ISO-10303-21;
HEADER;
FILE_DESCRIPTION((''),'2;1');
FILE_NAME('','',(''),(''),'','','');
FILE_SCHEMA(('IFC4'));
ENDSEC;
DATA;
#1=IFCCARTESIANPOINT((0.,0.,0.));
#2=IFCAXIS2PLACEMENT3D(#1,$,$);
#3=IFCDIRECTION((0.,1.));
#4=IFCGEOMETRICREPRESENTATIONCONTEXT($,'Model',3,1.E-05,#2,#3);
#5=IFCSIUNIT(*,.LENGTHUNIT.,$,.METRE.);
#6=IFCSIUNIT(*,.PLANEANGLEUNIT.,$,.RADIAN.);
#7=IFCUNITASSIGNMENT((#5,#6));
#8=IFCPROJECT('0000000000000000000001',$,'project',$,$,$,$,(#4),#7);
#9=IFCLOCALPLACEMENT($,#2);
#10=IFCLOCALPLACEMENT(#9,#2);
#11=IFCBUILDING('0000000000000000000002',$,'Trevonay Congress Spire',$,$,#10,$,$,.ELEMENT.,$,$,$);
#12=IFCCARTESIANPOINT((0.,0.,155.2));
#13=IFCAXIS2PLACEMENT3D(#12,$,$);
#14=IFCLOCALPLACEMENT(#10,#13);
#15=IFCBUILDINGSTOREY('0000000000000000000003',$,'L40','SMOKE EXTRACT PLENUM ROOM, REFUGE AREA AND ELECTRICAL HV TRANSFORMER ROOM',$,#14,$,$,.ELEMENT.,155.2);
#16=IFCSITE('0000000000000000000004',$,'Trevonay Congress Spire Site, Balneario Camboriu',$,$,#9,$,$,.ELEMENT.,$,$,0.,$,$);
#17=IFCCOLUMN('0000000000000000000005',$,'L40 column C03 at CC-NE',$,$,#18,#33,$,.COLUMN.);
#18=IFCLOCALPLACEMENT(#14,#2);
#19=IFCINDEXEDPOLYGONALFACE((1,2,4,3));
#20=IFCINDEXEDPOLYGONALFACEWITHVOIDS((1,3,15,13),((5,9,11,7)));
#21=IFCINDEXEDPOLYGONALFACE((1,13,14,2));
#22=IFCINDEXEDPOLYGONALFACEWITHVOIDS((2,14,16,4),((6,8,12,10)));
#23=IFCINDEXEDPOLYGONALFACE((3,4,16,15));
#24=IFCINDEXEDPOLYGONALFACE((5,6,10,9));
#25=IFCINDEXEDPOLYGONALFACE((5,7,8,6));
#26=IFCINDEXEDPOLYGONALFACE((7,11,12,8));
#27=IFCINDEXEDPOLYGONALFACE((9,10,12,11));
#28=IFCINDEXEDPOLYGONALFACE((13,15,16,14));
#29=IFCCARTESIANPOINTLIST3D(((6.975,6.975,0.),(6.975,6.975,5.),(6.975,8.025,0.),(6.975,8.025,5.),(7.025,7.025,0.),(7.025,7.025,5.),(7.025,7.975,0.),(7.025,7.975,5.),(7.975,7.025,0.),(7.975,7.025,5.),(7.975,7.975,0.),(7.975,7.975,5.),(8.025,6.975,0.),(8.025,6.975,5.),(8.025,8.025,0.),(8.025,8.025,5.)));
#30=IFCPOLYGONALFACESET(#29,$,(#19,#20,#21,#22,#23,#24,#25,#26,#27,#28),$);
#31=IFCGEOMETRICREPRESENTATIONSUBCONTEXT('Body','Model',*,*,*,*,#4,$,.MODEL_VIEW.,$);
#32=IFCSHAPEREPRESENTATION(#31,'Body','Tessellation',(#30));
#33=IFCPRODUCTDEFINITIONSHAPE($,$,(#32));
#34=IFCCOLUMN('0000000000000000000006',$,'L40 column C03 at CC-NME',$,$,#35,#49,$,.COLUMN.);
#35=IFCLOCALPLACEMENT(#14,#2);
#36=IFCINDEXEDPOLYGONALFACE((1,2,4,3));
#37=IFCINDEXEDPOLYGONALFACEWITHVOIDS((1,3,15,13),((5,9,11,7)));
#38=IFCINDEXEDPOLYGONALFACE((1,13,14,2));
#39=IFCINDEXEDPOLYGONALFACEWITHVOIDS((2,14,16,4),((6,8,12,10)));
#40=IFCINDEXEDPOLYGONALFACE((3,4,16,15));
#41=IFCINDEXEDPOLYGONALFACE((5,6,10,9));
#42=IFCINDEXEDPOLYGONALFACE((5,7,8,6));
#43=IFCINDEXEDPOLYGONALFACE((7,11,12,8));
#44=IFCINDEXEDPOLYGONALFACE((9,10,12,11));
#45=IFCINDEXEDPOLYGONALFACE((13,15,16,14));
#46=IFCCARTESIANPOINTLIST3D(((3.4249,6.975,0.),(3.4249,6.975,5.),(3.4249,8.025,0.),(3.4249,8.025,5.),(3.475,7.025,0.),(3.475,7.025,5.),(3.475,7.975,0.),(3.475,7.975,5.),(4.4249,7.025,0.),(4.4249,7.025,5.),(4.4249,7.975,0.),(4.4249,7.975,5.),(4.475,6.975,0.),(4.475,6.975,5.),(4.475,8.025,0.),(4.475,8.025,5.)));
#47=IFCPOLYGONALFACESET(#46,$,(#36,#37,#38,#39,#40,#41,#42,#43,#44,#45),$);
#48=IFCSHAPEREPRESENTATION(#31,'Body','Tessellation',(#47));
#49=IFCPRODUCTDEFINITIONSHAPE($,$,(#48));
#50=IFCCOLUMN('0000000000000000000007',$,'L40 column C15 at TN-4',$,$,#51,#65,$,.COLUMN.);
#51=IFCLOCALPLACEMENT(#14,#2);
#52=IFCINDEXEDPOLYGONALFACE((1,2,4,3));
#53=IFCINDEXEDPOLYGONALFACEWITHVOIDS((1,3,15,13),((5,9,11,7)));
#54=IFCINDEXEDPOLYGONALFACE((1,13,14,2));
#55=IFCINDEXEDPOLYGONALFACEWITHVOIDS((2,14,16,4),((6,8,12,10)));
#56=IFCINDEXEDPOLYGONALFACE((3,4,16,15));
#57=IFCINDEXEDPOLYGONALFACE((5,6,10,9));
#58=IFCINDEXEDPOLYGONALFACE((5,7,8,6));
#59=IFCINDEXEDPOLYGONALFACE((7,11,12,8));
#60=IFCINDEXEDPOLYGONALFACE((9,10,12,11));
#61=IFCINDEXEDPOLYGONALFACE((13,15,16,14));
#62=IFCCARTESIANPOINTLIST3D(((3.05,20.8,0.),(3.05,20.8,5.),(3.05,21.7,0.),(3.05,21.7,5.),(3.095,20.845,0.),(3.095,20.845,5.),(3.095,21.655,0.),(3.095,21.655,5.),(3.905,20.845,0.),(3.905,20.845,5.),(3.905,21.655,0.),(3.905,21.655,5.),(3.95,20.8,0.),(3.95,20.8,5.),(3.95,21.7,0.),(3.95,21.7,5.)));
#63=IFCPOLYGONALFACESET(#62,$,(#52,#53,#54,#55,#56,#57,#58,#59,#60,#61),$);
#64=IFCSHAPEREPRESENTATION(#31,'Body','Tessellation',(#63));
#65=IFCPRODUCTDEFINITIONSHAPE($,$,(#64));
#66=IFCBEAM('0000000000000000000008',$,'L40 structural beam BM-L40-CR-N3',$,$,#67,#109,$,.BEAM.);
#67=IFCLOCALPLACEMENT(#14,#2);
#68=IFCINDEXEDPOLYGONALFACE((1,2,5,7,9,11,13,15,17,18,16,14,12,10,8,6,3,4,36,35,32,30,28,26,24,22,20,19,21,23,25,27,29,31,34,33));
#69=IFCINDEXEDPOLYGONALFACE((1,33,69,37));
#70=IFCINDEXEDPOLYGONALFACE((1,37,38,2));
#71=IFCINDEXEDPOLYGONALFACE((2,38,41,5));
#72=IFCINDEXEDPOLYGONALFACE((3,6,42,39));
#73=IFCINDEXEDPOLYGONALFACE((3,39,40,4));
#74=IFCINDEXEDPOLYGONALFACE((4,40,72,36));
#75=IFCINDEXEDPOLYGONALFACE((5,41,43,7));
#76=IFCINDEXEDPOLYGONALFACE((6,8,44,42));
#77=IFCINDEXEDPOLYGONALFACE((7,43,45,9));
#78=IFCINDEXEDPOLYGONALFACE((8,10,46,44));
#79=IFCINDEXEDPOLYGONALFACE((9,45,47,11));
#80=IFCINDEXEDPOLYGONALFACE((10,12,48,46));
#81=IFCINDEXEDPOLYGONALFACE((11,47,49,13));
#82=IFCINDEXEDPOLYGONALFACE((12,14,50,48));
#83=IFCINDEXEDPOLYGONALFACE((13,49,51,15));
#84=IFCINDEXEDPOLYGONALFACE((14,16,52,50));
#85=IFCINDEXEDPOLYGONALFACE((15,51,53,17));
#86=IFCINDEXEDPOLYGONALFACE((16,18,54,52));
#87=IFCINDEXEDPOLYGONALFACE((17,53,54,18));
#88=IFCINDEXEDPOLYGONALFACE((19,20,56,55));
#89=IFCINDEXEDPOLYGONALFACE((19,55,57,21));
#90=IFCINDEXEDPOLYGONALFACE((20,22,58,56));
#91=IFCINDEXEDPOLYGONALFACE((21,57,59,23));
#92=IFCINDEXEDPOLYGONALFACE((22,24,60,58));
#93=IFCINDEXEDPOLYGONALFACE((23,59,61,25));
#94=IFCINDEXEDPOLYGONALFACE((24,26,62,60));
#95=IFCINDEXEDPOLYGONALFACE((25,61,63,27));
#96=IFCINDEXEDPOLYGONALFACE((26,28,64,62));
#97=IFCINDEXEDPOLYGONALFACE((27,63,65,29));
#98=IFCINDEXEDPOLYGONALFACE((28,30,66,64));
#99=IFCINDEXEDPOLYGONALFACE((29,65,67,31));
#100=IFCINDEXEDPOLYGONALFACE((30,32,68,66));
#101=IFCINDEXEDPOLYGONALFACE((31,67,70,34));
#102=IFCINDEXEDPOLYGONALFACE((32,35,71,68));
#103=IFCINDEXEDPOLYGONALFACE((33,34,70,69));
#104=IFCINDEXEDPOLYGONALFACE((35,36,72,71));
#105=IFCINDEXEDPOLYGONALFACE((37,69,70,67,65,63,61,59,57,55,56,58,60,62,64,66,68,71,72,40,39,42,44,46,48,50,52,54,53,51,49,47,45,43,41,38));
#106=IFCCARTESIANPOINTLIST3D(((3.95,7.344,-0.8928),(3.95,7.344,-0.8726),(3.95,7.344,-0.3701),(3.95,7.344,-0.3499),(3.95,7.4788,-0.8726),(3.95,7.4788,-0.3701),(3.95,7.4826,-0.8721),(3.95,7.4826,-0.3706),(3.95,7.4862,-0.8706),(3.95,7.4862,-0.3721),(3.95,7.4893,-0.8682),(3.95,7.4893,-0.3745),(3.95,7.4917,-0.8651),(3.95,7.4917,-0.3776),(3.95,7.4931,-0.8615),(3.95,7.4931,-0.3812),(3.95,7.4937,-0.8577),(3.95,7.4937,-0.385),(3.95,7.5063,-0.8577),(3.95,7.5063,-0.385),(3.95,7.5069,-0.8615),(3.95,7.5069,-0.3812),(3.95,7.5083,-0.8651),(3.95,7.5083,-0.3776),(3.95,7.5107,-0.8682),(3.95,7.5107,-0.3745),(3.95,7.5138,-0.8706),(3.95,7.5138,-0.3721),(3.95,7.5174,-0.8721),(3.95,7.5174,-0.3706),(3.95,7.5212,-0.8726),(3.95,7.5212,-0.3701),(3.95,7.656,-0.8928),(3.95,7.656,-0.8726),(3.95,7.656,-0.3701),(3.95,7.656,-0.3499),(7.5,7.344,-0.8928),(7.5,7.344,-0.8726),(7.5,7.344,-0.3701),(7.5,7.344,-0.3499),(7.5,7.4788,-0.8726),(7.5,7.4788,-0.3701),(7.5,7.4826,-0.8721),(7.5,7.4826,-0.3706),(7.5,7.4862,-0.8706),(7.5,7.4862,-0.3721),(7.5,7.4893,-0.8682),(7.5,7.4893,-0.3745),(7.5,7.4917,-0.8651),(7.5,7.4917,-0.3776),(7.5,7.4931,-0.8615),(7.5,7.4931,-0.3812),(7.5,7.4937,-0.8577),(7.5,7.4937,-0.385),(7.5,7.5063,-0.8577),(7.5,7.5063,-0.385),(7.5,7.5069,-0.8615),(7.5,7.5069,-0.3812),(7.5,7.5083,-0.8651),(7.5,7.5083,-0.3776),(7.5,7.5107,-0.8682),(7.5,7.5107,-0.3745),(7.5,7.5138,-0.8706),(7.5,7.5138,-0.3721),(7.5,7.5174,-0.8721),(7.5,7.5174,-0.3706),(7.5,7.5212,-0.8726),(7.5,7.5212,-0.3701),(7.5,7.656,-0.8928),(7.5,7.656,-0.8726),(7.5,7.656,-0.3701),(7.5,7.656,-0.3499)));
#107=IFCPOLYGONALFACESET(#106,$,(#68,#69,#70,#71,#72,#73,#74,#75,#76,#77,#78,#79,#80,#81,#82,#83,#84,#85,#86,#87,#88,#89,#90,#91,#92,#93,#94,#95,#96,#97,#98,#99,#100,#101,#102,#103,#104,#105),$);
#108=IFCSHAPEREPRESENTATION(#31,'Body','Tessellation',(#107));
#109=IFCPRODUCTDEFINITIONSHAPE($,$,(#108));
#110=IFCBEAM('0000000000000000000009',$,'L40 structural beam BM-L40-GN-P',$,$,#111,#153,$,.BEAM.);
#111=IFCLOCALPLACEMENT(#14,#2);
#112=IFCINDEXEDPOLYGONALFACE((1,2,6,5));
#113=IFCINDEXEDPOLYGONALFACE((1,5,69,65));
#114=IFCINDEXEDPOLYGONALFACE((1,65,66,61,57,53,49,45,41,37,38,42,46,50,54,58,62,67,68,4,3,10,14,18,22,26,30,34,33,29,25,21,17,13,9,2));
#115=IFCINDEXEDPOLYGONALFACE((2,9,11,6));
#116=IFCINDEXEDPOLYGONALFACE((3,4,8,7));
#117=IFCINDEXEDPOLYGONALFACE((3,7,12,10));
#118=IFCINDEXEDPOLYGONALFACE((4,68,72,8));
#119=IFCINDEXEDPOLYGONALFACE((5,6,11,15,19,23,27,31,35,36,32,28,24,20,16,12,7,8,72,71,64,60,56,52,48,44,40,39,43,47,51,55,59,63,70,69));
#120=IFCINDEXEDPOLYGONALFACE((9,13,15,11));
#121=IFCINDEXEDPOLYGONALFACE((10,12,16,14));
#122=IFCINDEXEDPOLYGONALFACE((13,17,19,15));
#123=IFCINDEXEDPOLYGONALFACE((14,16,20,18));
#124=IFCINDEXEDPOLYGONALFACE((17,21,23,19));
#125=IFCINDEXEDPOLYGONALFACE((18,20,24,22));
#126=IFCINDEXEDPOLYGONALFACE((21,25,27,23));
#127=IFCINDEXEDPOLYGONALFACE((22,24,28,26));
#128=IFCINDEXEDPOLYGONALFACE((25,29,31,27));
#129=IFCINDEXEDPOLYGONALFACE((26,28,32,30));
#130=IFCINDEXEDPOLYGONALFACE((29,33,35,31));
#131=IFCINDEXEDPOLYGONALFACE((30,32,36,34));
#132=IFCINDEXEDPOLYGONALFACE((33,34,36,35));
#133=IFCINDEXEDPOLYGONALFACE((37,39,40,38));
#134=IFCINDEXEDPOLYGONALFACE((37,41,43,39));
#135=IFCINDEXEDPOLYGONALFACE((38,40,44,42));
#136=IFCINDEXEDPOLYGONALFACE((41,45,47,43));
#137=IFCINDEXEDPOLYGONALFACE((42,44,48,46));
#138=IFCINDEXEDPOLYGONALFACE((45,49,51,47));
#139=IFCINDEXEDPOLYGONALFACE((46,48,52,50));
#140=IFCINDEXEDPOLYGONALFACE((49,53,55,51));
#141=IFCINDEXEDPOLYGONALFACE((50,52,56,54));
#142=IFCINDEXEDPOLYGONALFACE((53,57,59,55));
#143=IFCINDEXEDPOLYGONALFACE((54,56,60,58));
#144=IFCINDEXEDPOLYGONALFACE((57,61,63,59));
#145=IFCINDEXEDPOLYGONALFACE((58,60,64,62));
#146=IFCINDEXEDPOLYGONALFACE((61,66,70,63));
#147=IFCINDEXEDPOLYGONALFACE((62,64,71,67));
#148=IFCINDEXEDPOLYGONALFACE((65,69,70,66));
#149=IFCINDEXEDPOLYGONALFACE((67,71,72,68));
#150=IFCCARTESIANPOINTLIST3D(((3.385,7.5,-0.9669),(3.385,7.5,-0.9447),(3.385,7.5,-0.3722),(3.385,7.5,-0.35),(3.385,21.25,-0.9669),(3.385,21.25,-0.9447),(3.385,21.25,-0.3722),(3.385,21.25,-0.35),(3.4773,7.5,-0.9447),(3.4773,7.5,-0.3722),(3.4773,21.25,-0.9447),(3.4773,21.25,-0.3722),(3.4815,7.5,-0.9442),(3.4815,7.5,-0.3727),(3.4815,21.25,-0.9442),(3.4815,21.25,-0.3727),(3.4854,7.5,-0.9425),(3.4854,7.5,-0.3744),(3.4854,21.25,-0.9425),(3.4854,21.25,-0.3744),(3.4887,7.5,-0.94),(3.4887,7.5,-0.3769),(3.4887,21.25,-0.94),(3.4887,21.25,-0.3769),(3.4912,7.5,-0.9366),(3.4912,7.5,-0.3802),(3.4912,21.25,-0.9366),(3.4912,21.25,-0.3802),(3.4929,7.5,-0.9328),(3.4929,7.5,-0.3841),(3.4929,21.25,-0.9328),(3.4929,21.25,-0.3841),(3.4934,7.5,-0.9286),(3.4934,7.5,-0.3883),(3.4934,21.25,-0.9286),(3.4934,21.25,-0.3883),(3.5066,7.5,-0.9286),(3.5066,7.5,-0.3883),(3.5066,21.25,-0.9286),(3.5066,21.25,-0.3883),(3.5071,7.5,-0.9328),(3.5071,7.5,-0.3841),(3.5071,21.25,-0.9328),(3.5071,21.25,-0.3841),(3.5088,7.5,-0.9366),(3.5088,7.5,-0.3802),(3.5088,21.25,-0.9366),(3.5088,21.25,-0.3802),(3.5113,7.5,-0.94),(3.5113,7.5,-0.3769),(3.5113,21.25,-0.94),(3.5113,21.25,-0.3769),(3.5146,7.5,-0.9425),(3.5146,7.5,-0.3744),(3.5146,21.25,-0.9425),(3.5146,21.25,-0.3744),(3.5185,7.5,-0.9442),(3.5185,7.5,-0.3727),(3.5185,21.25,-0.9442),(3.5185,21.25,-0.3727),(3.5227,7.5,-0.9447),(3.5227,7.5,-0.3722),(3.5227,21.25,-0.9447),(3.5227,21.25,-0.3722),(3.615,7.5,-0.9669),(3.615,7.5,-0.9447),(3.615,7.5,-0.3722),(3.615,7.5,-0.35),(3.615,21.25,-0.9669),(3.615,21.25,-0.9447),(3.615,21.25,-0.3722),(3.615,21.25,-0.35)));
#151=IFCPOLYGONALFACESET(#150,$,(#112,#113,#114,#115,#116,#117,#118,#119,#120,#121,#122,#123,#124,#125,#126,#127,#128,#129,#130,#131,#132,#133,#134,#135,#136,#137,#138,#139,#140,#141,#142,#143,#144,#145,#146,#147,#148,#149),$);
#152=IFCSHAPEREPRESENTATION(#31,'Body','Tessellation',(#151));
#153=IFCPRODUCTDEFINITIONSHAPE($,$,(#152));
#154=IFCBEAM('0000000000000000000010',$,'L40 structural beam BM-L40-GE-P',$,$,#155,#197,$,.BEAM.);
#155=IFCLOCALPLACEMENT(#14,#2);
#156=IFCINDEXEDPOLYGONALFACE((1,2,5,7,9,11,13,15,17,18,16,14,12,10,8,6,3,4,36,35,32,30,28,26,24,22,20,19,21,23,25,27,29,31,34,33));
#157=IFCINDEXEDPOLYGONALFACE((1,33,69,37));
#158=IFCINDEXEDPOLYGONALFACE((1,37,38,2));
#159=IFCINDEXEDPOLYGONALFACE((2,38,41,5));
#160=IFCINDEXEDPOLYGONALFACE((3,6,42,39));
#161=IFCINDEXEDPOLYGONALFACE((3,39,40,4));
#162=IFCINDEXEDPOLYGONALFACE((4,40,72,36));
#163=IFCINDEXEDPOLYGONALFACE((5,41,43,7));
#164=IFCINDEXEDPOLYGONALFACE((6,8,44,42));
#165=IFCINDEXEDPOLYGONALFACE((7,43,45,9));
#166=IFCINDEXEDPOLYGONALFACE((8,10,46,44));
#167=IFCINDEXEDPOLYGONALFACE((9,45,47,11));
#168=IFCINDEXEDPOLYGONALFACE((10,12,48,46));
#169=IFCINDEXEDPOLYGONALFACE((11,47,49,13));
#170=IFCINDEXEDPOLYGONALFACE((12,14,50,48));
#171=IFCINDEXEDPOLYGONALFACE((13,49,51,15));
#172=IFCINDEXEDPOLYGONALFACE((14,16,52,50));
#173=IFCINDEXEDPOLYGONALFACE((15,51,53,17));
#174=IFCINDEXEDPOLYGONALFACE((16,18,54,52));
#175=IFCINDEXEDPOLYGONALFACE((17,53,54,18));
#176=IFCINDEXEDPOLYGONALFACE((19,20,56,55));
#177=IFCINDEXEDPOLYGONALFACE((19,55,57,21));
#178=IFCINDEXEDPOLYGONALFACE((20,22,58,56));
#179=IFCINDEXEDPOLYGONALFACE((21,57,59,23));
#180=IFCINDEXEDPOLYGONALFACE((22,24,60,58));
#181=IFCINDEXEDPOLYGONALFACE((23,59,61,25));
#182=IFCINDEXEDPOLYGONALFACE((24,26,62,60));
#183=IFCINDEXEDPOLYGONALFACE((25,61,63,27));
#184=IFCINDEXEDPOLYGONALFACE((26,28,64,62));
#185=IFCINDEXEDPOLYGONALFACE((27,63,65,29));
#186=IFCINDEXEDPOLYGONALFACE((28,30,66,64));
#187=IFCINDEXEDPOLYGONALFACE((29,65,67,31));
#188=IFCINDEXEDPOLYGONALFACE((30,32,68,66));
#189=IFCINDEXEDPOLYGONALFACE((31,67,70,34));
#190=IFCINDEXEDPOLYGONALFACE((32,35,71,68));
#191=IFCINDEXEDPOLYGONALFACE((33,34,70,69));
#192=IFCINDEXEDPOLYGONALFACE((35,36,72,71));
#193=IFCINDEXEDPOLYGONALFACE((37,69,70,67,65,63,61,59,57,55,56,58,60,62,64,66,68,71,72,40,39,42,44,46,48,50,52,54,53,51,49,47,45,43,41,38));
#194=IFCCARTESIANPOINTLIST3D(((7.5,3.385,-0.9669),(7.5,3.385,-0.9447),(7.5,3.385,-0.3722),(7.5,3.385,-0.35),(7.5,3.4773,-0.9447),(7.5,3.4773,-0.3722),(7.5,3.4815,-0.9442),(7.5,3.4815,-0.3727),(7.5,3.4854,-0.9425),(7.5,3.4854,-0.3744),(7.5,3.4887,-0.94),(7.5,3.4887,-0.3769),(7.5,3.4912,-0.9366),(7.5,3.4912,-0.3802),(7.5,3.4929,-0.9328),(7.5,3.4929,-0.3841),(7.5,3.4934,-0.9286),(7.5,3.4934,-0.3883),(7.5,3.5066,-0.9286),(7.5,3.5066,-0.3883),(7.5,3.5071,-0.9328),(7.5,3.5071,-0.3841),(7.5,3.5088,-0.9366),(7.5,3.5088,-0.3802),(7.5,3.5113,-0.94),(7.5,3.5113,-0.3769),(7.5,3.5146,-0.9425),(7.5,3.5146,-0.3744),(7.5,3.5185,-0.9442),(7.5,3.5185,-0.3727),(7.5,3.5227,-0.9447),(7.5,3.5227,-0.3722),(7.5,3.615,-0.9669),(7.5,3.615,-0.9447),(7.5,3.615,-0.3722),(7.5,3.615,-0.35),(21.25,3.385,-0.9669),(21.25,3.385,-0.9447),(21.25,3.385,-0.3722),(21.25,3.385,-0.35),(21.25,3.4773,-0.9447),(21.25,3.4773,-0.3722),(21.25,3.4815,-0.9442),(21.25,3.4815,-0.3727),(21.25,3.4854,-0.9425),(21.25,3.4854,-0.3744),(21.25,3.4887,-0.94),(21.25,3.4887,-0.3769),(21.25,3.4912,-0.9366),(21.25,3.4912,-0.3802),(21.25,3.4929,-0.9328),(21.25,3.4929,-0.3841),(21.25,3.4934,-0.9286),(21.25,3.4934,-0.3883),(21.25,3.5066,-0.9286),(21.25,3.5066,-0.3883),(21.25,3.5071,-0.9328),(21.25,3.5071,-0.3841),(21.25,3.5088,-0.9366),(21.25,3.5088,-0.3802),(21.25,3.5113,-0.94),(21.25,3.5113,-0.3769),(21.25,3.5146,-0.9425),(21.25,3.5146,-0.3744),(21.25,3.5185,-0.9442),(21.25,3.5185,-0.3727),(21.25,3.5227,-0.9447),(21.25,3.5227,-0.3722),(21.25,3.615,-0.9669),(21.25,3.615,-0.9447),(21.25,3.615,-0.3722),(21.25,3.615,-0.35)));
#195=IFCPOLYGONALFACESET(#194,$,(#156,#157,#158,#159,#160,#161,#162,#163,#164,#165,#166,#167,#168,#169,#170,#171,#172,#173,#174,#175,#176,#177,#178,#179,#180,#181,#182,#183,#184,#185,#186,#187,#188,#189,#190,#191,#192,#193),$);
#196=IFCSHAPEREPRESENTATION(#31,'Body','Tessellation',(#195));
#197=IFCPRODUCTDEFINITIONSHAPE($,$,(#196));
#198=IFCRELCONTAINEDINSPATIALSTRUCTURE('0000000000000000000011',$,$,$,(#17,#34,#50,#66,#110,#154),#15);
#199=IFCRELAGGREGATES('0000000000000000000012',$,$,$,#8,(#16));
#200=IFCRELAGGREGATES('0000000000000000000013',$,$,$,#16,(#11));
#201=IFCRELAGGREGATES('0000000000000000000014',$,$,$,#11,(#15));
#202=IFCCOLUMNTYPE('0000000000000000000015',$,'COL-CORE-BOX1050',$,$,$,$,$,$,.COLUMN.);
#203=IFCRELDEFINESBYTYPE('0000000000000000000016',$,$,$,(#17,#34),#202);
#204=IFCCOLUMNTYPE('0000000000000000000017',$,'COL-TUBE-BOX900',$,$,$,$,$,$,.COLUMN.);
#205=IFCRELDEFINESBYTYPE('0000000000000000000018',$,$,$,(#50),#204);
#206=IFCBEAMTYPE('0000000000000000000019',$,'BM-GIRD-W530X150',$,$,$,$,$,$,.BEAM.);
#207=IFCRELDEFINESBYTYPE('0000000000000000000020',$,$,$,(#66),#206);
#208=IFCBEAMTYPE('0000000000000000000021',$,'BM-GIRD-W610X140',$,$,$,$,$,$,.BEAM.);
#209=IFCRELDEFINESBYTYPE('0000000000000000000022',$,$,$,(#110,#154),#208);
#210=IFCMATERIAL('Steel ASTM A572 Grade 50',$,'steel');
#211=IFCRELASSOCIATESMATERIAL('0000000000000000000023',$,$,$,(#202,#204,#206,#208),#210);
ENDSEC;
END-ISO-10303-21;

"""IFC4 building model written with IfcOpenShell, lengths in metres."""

from ifc_helpers import new_model, si_unit, direction, frame, origin, origin_2d, place, context, subcontext, project, spatial, hollow_rectangle, i_section, extrude, material, material_profile, profile_set, type_object, element, save


model = new_model("IFC4")

# Units and contexts
model_context = context("Model", 3, precision=1e-05, world=origin(), true_north=direction((0.0, 1.0)))
body_context = subcontext(model_context, "Body", "Model", "MODEL_VIEW")
ifc_project = project(units=[si_unit("LENGTHUNIT", "METRE"), si_unit("PLANEANGLEUNIT", "RADIAN")], contexts=[model_context])

# Site, building, storey
site_placement = place(None, origin())
site = spatial("IfcSite", under=ifc_project, at=site_placement, Name="Trevonay Congress Spire Site, Balneario Camboriu", CompositionType="ELEMENT", RefElevation=0.0)
building_placement = place(site_placement, origin())
building = spatial("IfcBuilding", under=site, at=building_placement, Name="Trevonay Congress Spire", CompositionType="ELEMENT")
storey_placement = place(building_placement, frame((0.0, 0.0, 155.2)))
storey = spatial("IfcBuildingStorey", under=building, at=storey_placement, Name="L40", Description="SMOKE EXTRACT PLENUM ROOM, REFUGE AREA AND ELECTRICAL HV TRANSFORMER ROOM", CompositionType="ELEMENT", Elevation=155.2)

# Columns
ifc_material_1 = material(Name="Steel ASTM A572 Grade 50", Category="steel")
ifc_material_profile_1 = material_profile(ifc_material_1, hollow_rectangle(XDim=1.05, YDim=1.05, WallThickness=0.05, at=origin_2d()), Name="BOX 1050x1050x50")
ifc_profile_set_1 = profile_set([ifc_material_profile_1], Name="Steel ASTM A572 Grade 50")
column_type_1 = type_object("IfcColumnType", Name="COL-CORE-BOX1050", PredefinedType="COLUMN", material=ifc_profile_set_1)
for number, where, z_axis, x_axis, name in (
    (1, (7.5, 7.5, 0.0), (0.0, 0.0, 1.0), (1.0, 0.0, 0.0), "L40 column C03 at CC-NE"),
    (2, (3.95, 7.5, 0.0), (0.0, 0.0, 1.0), (1.0, 0.0, 0.0), "L40 column C03 at CC-NME"),
):
    element("IfcColumn", number, at=place(storey_placement, frame(where, z_axis=z_axis, x_axis=x_axis)), inside=storey, type_object=column_type_1, Name=name, PredefinedType="COLUMN", context=body_context, shape_type="SweptSolid", body=[
        extrude(hollow_rectangle(XDim=1.05, YDim=1.05, WallThickness=0.05, at=origin_2d()), origin(), (0.0, 0.0, 1.0), 5.0),
    ])
ifc_material_profile_2 = material_profile(ifc_material_1, hollow_rectangle(XDim=0.8999, YDim=0.8999, WallThickness=0.0449, at=origin_2d()), Name="BOX 900x900x45")
ifc_profile_set_2 = profile_set([ifc_material_profile_2], Name="Steel ASTM A572 Grade 50")
column_type_2 = type_object("IfcColumnType", Name="COL-TUBE-BOX900", PredefinedType="COLUMN", material=ifc_profile_set_2)
column_placement = place(storey_placement, frame((3.5, 21.25, 0.0), z_axis=(0.0, 0.0, 1.0), x_axis=(1.0, 0.0, 0.0)))
element("IfcColumn", 3, at=column_placement, inside=storey, type_object=column_type_2, Name="L40 column C15 at TN-4", PredefinedType="COLUMN", context=body_context, shape_type="SweptSolid", body=[
    extrude(hollow_rectangle(XDim=0.8999, YDim=0.8999, WallThickness=0.0449, at=origin_2d()), origin(), (0.0, 0.0, 1.0), 5.0),
])

# Beams
ifc_material_profile_3 = material_profile(ifc_material_1, i_section(OverallWidth=0.312, OverallDepth=0.543, WebThickness=0.0127, FlangeThickness=0.0203, FilletRadius=0.0149, at=origin_2d()), Name="W530x150")
ifc_profile_set_3 = profile_set([ifc_material_profile_3], Name="Steel ASTM A572 Grade 50")
beam_type_1 = type_object("IfcBeamType", Name="BM-GIRD-W530X150", PredefinedType="BEAM", material=ifc_profile_set_3)
beam_1_placement = place(storey_placement, frame((3.95, 7.5, -0.6213), z_axis=(1.0, 0.0, 0.0), x_axis=(0.0, 1.0, 0.0)))
element("IfcBeam", 4, at=beam_1_placement, inside=storey, type_object=beam_type_1, Name="L40 structural beam BM-L40-CR-N3", PredefinedType="BEAM", context=body_context, shape_type="SweptSolid", body=[
    extrude(i_section(OverallWidth=0.312, OverallDepth=0.543, WebThickness=0.0127, FlangeThickness=0.0203, FilletRadius=0.0149, at=origin_2d()), origin(), (0.0, 0.0, 1.0), 3.55),
])
ifc_material_profile_4 = material_profile(ifc_material_1, i_section(OverallWidth=0.23, OverallDepth=0.6169, WebThickness=0.0132, FlangeThickness=0.0222, FilletRadius=0.0161, at=origin_2d()), Name="W610x140")
ifc_profile_set_4 = profile_set([ifc_material_profile_4], Name="Steel ASTM A572 Grade 50")
beam_type_2 = type_object("IfcBeamType", Name="BM-GIRD-W610X140", PredefinedType="BEAM", material=ifc_profile_set_4)
for number, where, z_axis, x_axis, name in (
    (5, (3.5, 7.5, -0.6584), (0.0, 1.0, 0.0), (-1.0, 0.0, 0.0), "L40 structural beam BM-L40-GN-P"),
    (6, (7.5, 3.5, -0.6584), (1.0, 0.0, 0.0), (0.0, 1.0, 0.0), "L40 structural beam BM-L40-GE-P"),
):
    element("IfcBeam", number, at=place(storey_placement, frame(where, z_axis=z_axis, x_axis=x_axis)), inside=storey, type_object=beam_type_2, Name=name, PredefinedType="BEAM", context=body_context, shape_type="SweptSolid", body=[
        extrude(i_section(OverallWidth=0.23, OverallDepth=0.6169, WebThickness=0.0132, FlangeThickness=0.0222, FilletRadius=0.0161, at=origin_2d()), origin(), (0.0, 0.0, 1.0), 13.75),
    ])

save(model, "model.ifc")
